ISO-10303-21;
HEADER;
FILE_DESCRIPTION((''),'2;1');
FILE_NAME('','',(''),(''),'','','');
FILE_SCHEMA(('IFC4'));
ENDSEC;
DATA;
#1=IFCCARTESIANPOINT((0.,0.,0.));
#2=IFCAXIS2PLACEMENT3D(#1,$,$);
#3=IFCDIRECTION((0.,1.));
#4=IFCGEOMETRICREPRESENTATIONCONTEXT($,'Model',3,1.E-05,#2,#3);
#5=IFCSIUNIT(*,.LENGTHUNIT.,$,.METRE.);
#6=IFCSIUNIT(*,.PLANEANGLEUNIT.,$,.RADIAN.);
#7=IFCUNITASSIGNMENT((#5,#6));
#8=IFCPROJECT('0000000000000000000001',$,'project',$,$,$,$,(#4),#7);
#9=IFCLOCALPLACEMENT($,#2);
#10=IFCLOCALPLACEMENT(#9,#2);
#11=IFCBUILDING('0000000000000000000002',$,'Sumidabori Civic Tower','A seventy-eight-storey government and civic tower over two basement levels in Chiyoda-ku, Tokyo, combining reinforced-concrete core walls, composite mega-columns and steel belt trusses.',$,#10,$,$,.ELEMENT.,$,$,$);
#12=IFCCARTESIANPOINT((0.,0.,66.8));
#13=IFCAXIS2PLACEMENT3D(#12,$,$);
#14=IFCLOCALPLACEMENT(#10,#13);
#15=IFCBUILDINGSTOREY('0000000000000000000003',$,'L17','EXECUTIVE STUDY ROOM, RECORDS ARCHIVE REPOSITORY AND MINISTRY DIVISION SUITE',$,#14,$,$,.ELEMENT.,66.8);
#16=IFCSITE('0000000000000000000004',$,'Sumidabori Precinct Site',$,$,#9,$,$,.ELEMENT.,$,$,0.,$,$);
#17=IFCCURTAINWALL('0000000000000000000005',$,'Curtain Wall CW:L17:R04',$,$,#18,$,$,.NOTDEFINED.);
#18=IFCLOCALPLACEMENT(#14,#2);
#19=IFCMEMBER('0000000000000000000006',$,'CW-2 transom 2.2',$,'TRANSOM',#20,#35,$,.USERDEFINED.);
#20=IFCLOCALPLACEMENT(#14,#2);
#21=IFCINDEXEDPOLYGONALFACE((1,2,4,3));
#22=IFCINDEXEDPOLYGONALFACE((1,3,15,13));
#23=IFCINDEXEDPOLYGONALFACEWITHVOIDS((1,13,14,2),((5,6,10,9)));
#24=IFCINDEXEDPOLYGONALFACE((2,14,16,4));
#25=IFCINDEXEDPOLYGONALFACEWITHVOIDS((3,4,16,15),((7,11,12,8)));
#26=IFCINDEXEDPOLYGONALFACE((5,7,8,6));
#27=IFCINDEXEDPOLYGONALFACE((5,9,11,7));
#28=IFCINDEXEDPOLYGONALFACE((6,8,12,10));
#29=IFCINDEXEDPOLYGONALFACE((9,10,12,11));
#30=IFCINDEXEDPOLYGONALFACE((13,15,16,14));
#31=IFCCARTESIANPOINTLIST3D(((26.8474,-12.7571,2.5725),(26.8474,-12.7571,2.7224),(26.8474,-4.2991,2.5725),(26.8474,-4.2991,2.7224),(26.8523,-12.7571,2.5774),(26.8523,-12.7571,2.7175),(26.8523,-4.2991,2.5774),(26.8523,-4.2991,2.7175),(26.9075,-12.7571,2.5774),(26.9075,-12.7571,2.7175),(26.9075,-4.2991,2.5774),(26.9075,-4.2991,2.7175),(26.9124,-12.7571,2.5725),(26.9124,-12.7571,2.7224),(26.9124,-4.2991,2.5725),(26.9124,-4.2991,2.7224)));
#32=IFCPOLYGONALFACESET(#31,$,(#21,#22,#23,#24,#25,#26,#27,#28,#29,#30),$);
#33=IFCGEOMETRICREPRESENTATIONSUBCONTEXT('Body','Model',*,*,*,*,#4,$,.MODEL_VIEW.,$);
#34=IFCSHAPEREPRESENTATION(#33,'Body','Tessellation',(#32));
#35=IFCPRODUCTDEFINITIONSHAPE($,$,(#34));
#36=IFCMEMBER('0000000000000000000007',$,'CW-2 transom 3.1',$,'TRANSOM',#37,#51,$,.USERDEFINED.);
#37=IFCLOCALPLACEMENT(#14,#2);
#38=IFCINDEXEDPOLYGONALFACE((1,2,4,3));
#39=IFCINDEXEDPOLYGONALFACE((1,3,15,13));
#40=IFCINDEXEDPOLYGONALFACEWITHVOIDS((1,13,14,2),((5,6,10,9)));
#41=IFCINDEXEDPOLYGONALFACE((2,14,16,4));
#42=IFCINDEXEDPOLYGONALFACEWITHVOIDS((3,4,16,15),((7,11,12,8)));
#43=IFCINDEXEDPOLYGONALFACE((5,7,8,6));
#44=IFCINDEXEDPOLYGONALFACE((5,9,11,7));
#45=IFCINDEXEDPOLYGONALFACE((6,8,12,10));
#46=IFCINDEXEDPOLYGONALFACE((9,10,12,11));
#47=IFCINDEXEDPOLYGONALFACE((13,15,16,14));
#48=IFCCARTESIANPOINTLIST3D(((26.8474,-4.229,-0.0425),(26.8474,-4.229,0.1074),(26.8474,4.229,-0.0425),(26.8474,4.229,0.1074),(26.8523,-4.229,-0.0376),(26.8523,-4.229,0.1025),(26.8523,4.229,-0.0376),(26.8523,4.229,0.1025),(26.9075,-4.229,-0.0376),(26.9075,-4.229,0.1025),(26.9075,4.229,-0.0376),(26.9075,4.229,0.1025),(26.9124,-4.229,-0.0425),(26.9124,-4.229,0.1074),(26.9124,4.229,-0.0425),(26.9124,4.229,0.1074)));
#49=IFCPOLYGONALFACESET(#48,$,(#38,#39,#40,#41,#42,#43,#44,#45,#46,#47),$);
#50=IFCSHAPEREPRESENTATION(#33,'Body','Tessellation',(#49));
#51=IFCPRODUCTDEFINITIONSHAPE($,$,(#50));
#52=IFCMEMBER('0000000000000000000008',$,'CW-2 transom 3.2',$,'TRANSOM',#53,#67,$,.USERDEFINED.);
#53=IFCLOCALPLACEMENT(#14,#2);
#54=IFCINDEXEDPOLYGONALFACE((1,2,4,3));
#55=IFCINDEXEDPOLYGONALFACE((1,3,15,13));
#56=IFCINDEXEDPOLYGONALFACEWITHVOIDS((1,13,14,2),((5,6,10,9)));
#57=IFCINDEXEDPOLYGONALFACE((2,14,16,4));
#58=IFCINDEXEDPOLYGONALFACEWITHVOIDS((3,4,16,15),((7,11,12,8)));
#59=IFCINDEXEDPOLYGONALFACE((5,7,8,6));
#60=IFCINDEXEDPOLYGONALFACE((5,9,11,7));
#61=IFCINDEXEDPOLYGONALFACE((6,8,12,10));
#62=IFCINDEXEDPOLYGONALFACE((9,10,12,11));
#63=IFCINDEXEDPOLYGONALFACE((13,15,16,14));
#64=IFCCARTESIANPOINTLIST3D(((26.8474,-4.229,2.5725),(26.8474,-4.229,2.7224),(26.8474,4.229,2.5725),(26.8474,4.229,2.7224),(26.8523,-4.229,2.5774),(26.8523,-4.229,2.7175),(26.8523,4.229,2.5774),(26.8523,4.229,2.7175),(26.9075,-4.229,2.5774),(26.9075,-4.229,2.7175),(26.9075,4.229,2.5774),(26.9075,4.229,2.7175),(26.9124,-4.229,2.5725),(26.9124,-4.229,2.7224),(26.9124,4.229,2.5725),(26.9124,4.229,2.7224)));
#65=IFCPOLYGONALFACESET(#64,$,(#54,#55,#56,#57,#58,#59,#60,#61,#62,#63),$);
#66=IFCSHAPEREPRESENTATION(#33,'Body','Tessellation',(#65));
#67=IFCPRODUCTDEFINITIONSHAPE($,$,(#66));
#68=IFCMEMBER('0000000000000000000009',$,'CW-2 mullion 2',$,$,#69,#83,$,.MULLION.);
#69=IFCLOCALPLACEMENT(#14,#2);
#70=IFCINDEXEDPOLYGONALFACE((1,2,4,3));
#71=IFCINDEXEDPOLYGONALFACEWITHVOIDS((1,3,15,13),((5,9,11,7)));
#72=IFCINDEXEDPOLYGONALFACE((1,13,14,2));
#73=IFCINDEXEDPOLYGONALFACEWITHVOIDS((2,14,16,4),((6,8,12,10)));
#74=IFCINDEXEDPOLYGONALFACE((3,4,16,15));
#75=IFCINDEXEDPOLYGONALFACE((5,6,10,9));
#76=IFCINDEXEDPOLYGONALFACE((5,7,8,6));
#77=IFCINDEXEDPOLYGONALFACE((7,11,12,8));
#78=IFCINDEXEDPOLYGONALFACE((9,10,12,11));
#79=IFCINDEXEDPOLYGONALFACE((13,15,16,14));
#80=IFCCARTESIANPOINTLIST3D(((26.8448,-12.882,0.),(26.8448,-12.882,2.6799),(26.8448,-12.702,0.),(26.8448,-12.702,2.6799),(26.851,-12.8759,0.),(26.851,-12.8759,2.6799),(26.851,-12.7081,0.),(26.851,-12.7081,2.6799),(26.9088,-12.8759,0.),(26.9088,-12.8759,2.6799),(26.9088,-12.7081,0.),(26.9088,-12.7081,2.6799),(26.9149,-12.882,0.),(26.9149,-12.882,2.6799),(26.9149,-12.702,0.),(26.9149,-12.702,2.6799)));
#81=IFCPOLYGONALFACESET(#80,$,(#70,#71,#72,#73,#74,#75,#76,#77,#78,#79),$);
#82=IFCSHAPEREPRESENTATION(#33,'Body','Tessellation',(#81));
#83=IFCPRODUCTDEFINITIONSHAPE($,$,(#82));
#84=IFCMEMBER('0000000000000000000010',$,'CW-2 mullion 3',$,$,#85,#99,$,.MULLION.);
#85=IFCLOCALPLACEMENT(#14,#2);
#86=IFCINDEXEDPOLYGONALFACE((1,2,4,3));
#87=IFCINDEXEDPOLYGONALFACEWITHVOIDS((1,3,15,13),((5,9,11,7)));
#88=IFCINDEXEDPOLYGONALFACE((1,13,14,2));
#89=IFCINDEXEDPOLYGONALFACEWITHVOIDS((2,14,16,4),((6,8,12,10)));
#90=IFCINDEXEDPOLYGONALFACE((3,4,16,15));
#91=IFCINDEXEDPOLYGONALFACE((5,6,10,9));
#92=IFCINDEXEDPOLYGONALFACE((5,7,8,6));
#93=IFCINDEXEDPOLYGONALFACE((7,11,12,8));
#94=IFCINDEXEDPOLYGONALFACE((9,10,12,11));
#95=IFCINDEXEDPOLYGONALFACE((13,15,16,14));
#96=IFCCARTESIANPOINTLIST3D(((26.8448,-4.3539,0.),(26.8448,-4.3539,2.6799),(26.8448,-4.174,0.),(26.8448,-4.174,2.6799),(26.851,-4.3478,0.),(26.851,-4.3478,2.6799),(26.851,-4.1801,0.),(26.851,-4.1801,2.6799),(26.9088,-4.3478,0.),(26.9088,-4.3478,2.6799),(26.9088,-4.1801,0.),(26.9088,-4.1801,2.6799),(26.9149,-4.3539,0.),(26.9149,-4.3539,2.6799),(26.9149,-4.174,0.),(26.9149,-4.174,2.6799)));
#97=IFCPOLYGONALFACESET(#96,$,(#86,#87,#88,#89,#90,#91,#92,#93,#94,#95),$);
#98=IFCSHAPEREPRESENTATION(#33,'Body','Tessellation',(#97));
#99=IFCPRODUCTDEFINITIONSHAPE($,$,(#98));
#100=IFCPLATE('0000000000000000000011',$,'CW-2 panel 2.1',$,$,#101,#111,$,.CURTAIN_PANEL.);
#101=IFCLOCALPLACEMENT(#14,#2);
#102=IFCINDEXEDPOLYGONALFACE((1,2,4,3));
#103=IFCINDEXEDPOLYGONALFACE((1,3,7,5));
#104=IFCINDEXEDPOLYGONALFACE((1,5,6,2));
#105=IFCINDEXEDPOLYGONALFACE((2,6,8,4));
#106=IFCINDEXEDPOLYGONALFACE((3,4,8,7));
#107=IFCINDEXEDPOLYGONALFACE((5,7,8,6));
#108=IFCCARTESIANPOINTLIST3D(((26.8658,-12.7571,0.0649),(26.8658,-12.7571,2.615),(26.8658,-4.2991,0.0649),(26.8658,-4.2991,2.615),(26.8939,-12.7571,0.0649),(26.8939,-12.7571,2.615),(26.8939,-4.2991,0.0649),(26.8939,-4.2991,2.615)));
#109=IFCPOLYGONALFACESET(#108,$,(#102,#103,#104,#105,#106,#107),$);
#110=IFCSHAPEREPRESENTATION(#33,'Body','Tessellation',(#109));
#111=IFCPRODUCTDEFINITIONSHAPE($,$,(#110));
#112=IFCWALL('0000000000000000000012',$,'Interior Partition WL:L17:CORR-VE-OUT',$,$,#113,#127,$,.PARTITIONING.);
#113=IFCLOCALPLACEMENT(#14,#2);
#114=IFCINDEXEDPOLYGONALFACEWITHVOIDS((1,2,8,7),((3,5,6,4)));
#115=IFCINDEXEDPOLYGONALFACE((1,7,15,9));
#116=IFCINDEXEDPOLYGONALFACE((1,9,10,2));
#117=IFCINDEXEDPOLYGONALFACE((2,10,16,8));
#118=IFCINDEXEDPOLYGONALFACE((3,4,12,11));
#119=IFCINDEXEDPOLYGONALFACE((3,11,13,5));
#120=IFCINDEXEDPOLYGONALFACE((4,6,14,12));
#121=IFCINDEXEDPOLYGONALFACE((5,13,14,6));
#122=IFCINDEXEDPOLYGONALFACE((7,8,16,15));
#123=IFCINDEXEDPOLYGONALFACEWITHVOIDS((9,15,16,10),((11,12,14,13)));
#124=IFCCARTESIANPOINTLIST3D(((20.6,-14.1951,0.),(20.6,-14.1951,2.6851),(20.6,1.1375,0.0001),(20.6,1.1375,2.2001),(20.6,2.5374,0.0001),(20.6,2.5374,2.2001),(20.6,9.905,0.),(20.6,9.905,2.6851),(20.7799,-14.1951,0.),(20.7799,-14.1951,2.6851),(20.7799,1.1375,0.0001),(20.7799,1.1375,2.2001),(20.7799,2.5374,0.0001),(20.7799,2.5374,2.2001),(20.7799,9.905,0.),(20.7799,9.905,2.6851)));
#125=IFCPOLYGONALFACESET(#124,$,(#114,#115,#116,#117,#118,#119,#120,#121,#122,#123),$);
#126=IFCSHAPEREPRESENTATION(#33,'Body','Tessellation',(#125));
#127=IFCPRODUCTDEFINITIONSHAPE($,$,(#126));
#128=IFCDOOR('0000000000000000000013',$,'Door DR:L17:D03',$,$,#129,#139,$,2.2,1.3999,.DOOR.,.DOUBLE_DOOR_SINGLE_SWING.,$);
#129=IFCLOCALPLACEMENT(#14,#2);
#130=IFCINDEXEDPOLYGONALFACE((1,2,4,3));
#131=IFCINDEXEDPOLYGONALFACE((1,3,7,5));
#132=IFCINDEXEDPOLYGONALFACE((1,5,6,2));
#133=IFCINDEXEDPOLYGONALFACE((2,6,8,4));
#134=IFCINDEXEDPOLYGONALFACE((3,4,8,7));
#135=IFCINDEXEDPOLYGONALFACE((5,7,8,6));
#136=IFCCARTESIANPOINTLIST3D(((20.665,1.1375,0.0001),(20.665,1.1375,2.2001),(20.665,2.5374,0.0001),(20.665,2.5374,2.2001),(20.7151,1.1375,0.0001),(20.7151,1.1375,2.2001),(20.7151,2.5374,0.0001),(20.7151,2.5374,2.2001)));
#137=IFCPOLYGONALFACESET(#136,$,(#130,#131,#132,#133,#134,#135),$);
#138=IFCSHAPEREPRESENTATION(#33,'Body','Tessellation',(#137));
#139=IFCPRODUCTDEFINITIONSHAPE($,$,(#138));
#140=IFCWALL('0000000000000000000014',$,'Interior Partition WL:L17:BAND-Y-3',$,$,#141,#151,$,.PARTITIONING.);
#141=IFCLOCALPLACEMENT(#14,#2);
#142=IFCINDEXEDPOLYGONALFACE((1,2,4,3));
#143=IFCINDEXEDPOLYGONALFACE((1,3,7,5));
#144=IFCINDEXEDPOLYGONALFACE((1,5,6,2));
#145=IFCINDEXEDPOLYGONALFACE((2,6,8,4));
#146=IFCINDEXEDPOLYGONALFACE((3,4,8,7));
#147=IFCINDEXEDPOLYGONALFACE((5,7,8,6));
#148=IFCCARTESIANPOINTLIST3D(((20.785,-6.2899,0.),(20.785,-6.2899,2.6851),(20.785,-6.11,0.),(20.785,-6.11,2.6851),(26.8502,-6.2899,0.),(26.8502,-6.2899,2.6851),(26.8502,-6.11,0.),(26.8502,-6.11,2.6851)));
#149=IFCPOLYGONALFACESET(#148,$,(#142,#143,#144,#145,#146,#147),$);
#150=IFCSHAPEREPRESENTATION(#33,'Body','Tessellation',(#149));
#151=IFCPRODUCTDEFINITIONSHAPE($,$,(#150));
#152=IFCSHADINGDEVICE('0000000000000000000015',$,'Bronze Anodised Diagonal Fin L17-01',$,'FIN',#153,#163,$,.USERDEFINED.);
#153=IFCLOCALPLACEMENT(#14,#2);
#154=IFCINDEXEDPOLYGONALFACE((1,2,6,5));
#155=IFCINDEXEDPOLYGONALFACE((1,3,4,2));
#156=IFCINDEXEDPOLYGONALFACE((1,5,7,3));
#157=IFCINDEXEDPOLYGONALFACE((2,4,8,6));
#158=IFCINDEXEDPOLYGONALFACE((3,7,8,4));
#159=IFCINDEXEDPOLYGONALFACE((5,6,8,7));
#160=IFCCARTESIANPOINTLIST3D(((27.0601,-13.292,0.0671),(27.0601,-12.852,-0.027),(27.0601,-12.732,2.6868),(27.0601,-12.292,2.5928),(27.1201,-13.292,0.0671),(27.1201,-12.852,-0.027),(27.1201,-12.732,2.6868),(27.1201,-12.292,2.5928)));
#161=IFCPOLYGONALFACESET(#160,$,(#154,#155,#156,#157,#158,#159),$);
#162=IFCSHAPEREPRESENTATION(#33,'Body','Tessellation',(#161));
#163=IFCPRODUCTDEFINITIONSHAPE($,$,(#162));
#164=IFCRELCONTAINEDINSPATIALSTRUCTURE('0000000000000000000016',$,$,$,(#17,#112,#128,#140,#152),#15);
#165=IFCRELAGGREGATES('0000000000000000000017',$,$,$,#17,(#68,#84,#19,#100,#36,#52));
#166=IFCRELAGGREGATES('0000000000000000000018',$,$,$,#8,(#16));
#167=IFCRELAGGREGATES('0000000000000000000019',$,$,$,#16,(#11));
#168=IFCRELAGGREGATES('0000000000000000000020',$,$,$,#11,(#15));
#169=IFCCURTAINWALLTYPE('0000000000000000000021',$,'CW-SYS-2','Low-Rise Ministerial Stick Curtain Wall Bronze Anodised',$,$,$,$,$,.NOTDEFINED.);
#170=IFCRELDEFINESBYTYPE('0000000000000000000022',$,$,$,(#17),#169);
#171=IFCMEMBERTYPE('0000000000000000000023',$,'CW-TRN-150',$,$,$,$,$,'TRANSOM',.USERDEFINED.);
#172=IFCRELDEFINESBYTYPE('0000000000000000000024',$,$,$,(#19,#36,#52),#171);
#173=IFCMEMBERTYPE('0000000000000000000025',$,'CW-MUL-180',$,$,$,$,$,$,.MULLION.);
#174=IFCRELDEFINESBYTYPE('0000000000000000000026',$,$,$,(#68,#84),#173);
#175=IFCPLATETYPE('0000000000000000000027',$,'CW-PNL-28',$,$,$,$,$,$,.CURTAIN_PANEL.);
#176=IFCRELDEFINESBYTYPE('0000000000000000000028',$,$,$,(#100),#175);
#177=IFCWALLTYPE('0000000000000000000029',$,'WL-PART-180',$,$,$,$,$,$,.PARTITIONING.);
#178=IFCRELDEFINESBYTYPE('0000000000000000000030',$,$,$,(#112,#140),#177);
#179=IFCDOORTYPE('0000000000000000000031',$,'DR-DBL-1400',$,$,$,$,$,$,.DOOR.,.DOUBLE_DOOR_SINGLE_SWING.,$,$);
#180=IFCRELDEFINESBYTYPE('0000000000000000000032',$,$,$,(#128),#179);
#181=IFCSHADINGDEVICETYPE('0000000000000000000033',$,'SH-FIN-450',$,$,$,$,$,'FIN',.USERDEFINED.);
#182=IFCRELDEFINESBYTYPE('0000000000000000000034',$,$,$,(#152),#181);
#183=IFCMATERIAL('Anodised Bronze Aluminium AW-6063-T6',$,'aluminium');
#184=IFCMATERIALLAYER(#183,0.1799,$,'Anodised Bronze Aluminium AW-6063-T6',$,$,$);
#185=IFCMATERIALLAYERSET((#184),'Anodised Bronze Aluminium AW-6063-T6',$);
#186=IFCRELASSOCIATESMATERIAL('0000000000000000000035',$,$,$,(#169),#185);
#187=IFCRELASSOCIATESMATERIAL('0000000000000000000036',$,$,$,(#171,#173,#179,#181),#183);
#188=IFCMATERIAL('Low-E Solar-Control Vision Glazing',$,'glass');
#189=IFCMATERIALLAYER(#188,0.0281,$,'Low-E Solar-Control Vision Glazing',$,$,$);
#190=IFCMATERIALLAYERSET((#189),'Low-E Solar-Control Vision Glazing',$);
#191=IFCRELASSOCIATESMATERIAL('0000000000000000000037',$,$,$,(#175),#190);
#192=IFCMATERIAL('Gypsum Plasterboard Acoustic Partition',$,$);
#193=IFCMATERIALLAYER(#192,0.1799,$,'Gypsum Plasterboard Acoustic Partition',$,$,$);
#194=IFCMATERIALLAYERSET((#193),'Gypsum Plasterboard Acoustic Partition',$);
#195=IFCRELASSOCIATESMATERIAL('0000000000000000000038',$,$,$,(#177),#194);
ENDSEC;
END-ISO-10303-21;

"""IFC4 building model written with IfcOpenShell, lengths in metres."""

from ifc_helpers import new_model, si_unit, direction, frame, frame_2d, origin, origin_2d, place, context, subcontext, project, spatial, rectangle, hollow_rectangle, extrude, source, transform, mapped, material, layer, layer_set, material_profile, profile_set, type_object, element, fill, aggregate, save


model = new_model("IFC4")

# Units and contexts
model_context = context("Model", 3, precision=1e-05, world=origin(), true_north=direction((0.0, 1.0)))
body_context = subcontext(model_context, "Body", "Model", "MODEL_VIEW")
ifc_project = project(units=[si_unit("LENGTHUNIT", "METRE"), si_unit("PLANEANGLEUNIT", "RADIAN")], contexts=[model_context])

# Site, building, storey
site_placement = place(None, origin())
site = spatial("IfcSite", under=ifc_project, at=site_placement, Name="Sumidabori Precinct Site", CompositionType="ELEMENT", RefElevation=0.0)
building_placement = place(site_placement, origin())
building = spatial("IfcBuilding", under=site, at=building_placement, Name="Sumidabori Civic Tower", Description="A seventy-eight-storey government and civic tower over two basement levels in Chiyoda-ku, Tokyo, combining reinforced-concrete core walls, composite mega-columns and steel belt trusses.", CompositionType="ELEMENT")
storey_placement = place(building_placement, frame((0.0, 0.0, 66.8)))
storey = spatial("IfcBuildingStorey", under=building, at=storey_placement, Name="L17", Description="EXECUTIVE STUDY ROOM, RECORDS ARCHIVE REPOSITORY AND MINISTRY DIVISION SUITE", CompositionType="ELEMENT", Elevation=66.8)

# Curtain wall, members, plate
ifc_material_1 = material(Name="Anodised Bronze Aluminium AW-6063-T6", Category="aluminium")
ifc_layer_1 = layer(ifc_material_1, 0.1799, Name="Anodised Bronze Aluminium AW-6063-T6")
ifc_layer_set_1 = layer_set([ifc_layer_1], Name="Anodised Bronze Aluminium AW-6063-T6")
curtain_wall_type = type_object("IfcCurtainWallType", Name="CW-SYS-2", Description="Low-Rise Ministerial Stick Curtain Wall Bronze Anodised", PredefinedType="NOTDEFINED", material=ifc_layer_set_1)
curtain_wall_placement = place(storey_placement, origin())
curtain_wall = element("IfcCurtainWall", 1, at=curtain_wall_placement, inside=storey, type_object=curtain_wall_type, Name="Curtain Wall CW:L17:R04", PredefinedType="NOTDEFINED")
ifc_material_profile_1 = material_profile(ifc_material_1, hollow_rectangle(XDim=0.0649, YDim=0.1499, WallThickness=0.0049, at=origin_2d()), Name="ALU TRANSOM 150x65")
ifc_profile_set_1 = profile_set([ifc_material_profile_1], Name="Anodised Bronze Aluminium AW-6063-T6")
member_type_1 = type_object("IfcMemberType", Name="CW-TRN-150", ElementType="TRANSOM", PredefinedType="USERDEFINED", material=ifc_profile_set_1)
shared_shape_1 = source(origin(), body_context, "Body", "SweptSolid", [
    extrude(hollow_rectangle(XDim=0.0649, YDim=0.1499, WallThickness=0.0049, at=origin_2d()), origin(), (0.0, 0.0, 1.0), 8.458),
])
member_1_placement = place(storey_placement, frame((26.8799, -12.7571, 2.6475), z_axis=(0.0, 1.0, 0.0), x_axis=(-1.0, 0.0, 0.0)))
member_1 = element("IfcMember", 2, at=member_1_placement, type_object=member_type_1, Name="CW-2 transom 2.2", ObjectType="TRANSOM", PredefinedType="USERDEFINED", context=body_context, shape_type="MappedRepresentation", body=[
    mapped(shared_shape_1, transform((0.0, 0.0, 0.0), x_axis=(1.0, 0.0, 0.0), y_axis=(0.0, 1.0, 0.0), z_axis=(0.0, 0.0, 1.0), scale=1.0)),
])
member_2_placement = place(storey_placement, frame((26.8799, -4.229, 0.0325), z_axis=(0.0, 1.0, 0.0), x_axis=(-1.0, 0.0, 0.0)))
member_2 = element("IfcMember", 3, at=member_2_placement, type_object=member_type_1, Name="CW-2 transom 3.1", ObjectType="TRANSOM", PredefinedType="USERDEFINED", context=body_context, shape_type="MappedRepresentation", body=[
    mapped(shared_shape_1, transform((0.0, 0.0, 0.0), x_axis=(1.0, 0.0, 0.0), y_axis=(0.0, 1.0, 0.0), z_axis=(0.0, 0.0, 1.0), scale=1.0)),
])
member_3_placement = place(storey_placement, frame((26.8799, -4.229, 2.6475), z_axis=(0.0, 1.0, 0.0), x_axis=(-1.0, 0.0, 0.0)))
member_3 = element("IfcMember", 4, at=member_3_placement, type_object=member_type_1, Name="CW-2 transom 3.2", ObjectType="TRANSOM", PredefinedType="USERDEFINED", context=body_context, shape_type="MappedRepresentation", body=[
    mapped(shared_shape_1, transform((0.0, 0.0, 0.0), x_axis=(1.0, 0.0, 0.0), y_axis=(0.0, 1.0, 0.0), z_axis=(0.0, 0.0, 1.0), scale=1.0)),
])
ifc_material_profile_2 = material_profile(ifc_material_1, hollow_rectangle(XDim=0.0701, YDim=0.1799, WallThickness=0.0061, at=origin_2d()), Name="ALU MULLION 180x70")
ifc_profile_set_2 = profile_set([ifc_material_profile_2], Name="Anodised Bronze Aluminium AW-6063-T6")
member_type_2 = type_object("IfcMemberType", Name="CW-MUL-180", PredefinedType="MULLION", material=ifc_profile_set_2)
shared_shape_2 = source(origin(), body_context, "Body", "SweptSolid", [
    extrude(hollow_rectangle(XDim=0.0701, YDim=0.1799, WallThickness=0.0061, at=origin_2d()), origin(), (0.0, 0.0, 1.0), 2.6799),
])
member_4_placement = place(storey_placement, frame((26.8799, -12.792, 0.0), z_axis=(0.0, 0.0, 1.0), x_axis=(-1.0, 0.0, 0.0)))
member_4 = element("IfcMember", 5, at=member_4_placement, type_object=member_type_2, Name="CW-2 mullion 2", PredefinedType="MULLION", context=body_context, shape_type="MappedRepresentation", body=[
    mapped(shared_shape_2, transform((0.0, 0.0, 0.0), x_axis=(1.0, 0.0, 0.0), y_axis=(0.0, 1.0, 0.0), z_axis=(0.0, 0.0, 1.0), scale=1.0)),
])
member_5_placement = place(storey_placement, frame((26.8799, -4.2639, 0.0), z_axis=(0.0, 0.0, 1.0), x_axis=(-1.0, 0.0, 0.0)))
member_5 = element("IfcMember", 6, at=member_5_placement, type_object=member_type_2, Name="CW-2 mullion 3", PredefinedType="MULLION", context=body_context, shape_type="MappedRepresentation", body=[
    mapped(shared_shape_2, transform((0.0, 0.0, 0.0), x_axis=(1.0, 0.0, 0.0), y_axis=(0.0, 1.0, 0.0), z_axis=(0.0, 0.0, 1.0), scale=1.0)),
])
ifc_material_2 = material(Name="Low-E Solar-Control Vision Glazing", Category="glass")
ifc_layer_2 = layer(ifc_material_2, 0.0281, Name="Low-E Solar-Control Vision Glazing")
ifc_layer_set_2 = layer_set([ifc_layer_2], Name="Low-E Solar-Control Vision Glazing")
plate_type = type_object("IfcPlateType", Name="CW-PNL-28", PredefinedType="CURTAIN_PANEL", material=ifc_layer_set_2)
shared_shape_3 = source(origin(), body_context, "Body", "SweptSolid", [
    extrude(rectangle(XDim=8.458, YDim=0.0281, at=origin_2d()), origin(), (0.0, 0.0, 1.0), 2.55),
])
plate_placement = place(storey_placement, frame((26.8799, -8.5281, 0.0649), z_axis=(0.0, 0.0, 1.0), x_axis=(0.0, 1.0, 0.0)))
plate = element("IfcPlate", 7, at=plate_placement, type_object=plate_type, Name="CW-2 panel 2.1", PredefinedType="CURTAIN_PANEL", context=body_context, shape_type="MappedRepresentation", body=[
    mapped(shared_shape_3, transform((0.0, 0.0, 0.0), x_axis=(1.0, 0.0, 0.0), y_axis=(0.0, 1.0, 0.0), z_axis=(0.0, 0.0, 1.0), scale=1.0)),
])
aggregate(curtain_wall, [member_4, member_5, member_1, plate, member_2, member_3])

# Wall, opening, door
ifc_material_3 = material(Name="Gypsum Plasterboard Acoustic Partition")
ifc_layer_3 = layer(ifc_material_3, 0.1799, Name="Gypsum Plasterboard Acoustic Partition")
ifc_layer_set_3 = layer_set([ifc_layer_3], Name="Gypsum Plasterboard Acoustic Partition")
wall_type = type_object("IfcWallType", Name="WL-PART-180", PredefinedType="PARTITIONING", material=ifc_layer_set_3)
shared_shape_4 = source(origin(), body_context, "Body", "SweptSolid", [
    extrude(rectangle(XDim=24.1001, YDim=0.1799, at=frame_2d((12.05, 0.0))), origin(), (0.0, 0.0, 1.0), 2.6851),
])
wall_1_placement = place(storey_placement, frame((20.6899, -14.1951, 0.0), z_axis=(0.0, 0.0, 1.0), x_axis=(0.0, 1.0, 0.0)))
wall_1 = element("IfcWall", 8, at=wall_1_placement, inside=storey, type_object=wall_type, Name="Interior Partition WL:L17:CORR-VE-OUT", PredefinedType="PARTITIONING", context=body_context, shape_type="MappedRepresentation", body=[
    mapped(shared_shape_4, transform((0.0, 0.0, 0.0), x_axis=(1.0, 0.0, 0.0), y_axis=(0.0, 1.0, 0.0), z_axis=(0.0, 0.0, 1.0), scale=1.0)),
])
opening_placement = place(wall_1_placement, frame((15.3325, 0.0, 0.0)))
opening = element("IfcOpeningElement", 9, at=opening_placement, cuts=wall_1, PredefinedType="OPENING", context=body_context, shape_type="SweptSolid", body=[
    extrude(rectangle(XDim=1.3999, YDim=2.2, at=frame_2d((0.7, 1.1001))), frame((0.0, 0.1021, 0.0), z_axis=(0.0, -1.0, 0.0), x_axis=(1.0, 0.0, 0.0)), (0.0, 0.0, 1.0), 0.2039),
])
door_type = type_object("IfcDoorType", Name="DR-DBL-1400", OperationType="DOUBLE_DOOR_SINGLE_SWING", PredefinedType="DOOR", material=ifc_material_1)
shared_shape_5 = source(origin(), body_context, "Body", "SweptSolid", [
    extrude(rectangle(XDim=1.3999, YDim=2.2, at=frame_2d((0.7, 1.1001))), frame((0.0, 0.0249, 0.0), z_axis=(0.0, -1.0, 0.0), x_axis=(1.0, 0.0, 0.0)), (0.0, 0.0, 1.0), 0.05),
])
door_placement = place(opening_placement, origin())
door = element("IfcDoor", 10, at=door_placement, inside=storey, type_object=door_type, Name="Door DR:L17:D03", OperationType="DOUBLE_DOOR_SINGLE_SWING", OverallHeight=2.2, OverallWidth=1.3999, PredefinedType="DOOR", context=body_context, shape_type="MappedRepresentation", body=[
    mapped(shared_shape_5, transform((0.0, 0.0, 0.0), x_axis=(1.0, 0.0, 0.0), y_axis=(0.0, 1.0, 0.0), z_axis=(0.0, 0.0, 1.0), scale=1.0)),
])
fill(opening, door)

# Wall
shared_shape_6 = source(origin(), body_context, "Body", "SweptSolid", [
    extrude(rectangle(XDim=6.0652, YDim=0.1799, at=frame_2d((3.0327, 0.0))), origin(), (0.0, 0.0, 1.0), 2.6851),
])
wall_2_placement = place(storey_placement, frame((20.7849, -6.2, 0.0), z_axis=(0.0, 0.0, 1.0), x_axis=(1.0, 0.0, 0.0)))
element("IfcWall", 11, at=wall_2_placement, inside=storey, type_object=wall_type, Name="Interior Partition WL:L17:BAND-Y-3", PredefinedType="PARTITIONING", context=body_context, shape_type="MappedRepresentation", body=[
    mapped(shared_shape_6, transform((0.0, 0.0, 0.0), x_axis=(1.0, 0.0, 0.0), y_axis=(0.0, 1.0, 0.0), z_axis=(0.0, 0.0, 1.0), scale=1.0)),
])

# Shading device
ifc_material_profile_3 = material_profile(ifc_material_1, rectangle(XDim=0.0601, YDim=0.45, at=origin_2d()), Name="BRONZE FIN 450x60")
ifc_profile_set_3 = profile_set([ifc_material_profile_3], Name="Anodised Bronze Aluminium AW-6063-T6")
shading_device_type = type_object("IfcShadingDeviceType", Name="SH-FIN-450", ElementType="FIN", PredefinedType="USERDEFINED", material=ifc_profile_set_3)
shared_shape_7 = source(origin(), body_context, "Body", "SweptSolid", [
    extrude(rectangle(XDim=0.0601, YDim=0.45, at=origin_2d()), origin(), (0.0, 0.0, 1.0), 2.679),
])
shading_device_placement = place(storey_placement, frame((27.0901, -13.072, 0.02), z_axis=(0.0, 0.20905, 0.977905), x_axis=(-1.0, 0.0, 0.0)))
element("IfcShadingDevice", 12, at=shading_device_placement, inside=storey, type_object=shading_device_type, Name="Bronze Anodised Diagonal Fin L17-01", ObjectType="FIN", PredefinedType="USERDEFINED", context=body_context, shape_type="MappedRepresentation", body=[
    mapped(shared_shape_7, transform((0.0, 0.0, 0.0), x_axis=(1.0, 0.0, 0.0), y_axis=(0.0, 1.0, 0.0), z_axis=(0.0, 0.0, 1.0), scale=1.0)),
])

save(model, "model.ifc")
